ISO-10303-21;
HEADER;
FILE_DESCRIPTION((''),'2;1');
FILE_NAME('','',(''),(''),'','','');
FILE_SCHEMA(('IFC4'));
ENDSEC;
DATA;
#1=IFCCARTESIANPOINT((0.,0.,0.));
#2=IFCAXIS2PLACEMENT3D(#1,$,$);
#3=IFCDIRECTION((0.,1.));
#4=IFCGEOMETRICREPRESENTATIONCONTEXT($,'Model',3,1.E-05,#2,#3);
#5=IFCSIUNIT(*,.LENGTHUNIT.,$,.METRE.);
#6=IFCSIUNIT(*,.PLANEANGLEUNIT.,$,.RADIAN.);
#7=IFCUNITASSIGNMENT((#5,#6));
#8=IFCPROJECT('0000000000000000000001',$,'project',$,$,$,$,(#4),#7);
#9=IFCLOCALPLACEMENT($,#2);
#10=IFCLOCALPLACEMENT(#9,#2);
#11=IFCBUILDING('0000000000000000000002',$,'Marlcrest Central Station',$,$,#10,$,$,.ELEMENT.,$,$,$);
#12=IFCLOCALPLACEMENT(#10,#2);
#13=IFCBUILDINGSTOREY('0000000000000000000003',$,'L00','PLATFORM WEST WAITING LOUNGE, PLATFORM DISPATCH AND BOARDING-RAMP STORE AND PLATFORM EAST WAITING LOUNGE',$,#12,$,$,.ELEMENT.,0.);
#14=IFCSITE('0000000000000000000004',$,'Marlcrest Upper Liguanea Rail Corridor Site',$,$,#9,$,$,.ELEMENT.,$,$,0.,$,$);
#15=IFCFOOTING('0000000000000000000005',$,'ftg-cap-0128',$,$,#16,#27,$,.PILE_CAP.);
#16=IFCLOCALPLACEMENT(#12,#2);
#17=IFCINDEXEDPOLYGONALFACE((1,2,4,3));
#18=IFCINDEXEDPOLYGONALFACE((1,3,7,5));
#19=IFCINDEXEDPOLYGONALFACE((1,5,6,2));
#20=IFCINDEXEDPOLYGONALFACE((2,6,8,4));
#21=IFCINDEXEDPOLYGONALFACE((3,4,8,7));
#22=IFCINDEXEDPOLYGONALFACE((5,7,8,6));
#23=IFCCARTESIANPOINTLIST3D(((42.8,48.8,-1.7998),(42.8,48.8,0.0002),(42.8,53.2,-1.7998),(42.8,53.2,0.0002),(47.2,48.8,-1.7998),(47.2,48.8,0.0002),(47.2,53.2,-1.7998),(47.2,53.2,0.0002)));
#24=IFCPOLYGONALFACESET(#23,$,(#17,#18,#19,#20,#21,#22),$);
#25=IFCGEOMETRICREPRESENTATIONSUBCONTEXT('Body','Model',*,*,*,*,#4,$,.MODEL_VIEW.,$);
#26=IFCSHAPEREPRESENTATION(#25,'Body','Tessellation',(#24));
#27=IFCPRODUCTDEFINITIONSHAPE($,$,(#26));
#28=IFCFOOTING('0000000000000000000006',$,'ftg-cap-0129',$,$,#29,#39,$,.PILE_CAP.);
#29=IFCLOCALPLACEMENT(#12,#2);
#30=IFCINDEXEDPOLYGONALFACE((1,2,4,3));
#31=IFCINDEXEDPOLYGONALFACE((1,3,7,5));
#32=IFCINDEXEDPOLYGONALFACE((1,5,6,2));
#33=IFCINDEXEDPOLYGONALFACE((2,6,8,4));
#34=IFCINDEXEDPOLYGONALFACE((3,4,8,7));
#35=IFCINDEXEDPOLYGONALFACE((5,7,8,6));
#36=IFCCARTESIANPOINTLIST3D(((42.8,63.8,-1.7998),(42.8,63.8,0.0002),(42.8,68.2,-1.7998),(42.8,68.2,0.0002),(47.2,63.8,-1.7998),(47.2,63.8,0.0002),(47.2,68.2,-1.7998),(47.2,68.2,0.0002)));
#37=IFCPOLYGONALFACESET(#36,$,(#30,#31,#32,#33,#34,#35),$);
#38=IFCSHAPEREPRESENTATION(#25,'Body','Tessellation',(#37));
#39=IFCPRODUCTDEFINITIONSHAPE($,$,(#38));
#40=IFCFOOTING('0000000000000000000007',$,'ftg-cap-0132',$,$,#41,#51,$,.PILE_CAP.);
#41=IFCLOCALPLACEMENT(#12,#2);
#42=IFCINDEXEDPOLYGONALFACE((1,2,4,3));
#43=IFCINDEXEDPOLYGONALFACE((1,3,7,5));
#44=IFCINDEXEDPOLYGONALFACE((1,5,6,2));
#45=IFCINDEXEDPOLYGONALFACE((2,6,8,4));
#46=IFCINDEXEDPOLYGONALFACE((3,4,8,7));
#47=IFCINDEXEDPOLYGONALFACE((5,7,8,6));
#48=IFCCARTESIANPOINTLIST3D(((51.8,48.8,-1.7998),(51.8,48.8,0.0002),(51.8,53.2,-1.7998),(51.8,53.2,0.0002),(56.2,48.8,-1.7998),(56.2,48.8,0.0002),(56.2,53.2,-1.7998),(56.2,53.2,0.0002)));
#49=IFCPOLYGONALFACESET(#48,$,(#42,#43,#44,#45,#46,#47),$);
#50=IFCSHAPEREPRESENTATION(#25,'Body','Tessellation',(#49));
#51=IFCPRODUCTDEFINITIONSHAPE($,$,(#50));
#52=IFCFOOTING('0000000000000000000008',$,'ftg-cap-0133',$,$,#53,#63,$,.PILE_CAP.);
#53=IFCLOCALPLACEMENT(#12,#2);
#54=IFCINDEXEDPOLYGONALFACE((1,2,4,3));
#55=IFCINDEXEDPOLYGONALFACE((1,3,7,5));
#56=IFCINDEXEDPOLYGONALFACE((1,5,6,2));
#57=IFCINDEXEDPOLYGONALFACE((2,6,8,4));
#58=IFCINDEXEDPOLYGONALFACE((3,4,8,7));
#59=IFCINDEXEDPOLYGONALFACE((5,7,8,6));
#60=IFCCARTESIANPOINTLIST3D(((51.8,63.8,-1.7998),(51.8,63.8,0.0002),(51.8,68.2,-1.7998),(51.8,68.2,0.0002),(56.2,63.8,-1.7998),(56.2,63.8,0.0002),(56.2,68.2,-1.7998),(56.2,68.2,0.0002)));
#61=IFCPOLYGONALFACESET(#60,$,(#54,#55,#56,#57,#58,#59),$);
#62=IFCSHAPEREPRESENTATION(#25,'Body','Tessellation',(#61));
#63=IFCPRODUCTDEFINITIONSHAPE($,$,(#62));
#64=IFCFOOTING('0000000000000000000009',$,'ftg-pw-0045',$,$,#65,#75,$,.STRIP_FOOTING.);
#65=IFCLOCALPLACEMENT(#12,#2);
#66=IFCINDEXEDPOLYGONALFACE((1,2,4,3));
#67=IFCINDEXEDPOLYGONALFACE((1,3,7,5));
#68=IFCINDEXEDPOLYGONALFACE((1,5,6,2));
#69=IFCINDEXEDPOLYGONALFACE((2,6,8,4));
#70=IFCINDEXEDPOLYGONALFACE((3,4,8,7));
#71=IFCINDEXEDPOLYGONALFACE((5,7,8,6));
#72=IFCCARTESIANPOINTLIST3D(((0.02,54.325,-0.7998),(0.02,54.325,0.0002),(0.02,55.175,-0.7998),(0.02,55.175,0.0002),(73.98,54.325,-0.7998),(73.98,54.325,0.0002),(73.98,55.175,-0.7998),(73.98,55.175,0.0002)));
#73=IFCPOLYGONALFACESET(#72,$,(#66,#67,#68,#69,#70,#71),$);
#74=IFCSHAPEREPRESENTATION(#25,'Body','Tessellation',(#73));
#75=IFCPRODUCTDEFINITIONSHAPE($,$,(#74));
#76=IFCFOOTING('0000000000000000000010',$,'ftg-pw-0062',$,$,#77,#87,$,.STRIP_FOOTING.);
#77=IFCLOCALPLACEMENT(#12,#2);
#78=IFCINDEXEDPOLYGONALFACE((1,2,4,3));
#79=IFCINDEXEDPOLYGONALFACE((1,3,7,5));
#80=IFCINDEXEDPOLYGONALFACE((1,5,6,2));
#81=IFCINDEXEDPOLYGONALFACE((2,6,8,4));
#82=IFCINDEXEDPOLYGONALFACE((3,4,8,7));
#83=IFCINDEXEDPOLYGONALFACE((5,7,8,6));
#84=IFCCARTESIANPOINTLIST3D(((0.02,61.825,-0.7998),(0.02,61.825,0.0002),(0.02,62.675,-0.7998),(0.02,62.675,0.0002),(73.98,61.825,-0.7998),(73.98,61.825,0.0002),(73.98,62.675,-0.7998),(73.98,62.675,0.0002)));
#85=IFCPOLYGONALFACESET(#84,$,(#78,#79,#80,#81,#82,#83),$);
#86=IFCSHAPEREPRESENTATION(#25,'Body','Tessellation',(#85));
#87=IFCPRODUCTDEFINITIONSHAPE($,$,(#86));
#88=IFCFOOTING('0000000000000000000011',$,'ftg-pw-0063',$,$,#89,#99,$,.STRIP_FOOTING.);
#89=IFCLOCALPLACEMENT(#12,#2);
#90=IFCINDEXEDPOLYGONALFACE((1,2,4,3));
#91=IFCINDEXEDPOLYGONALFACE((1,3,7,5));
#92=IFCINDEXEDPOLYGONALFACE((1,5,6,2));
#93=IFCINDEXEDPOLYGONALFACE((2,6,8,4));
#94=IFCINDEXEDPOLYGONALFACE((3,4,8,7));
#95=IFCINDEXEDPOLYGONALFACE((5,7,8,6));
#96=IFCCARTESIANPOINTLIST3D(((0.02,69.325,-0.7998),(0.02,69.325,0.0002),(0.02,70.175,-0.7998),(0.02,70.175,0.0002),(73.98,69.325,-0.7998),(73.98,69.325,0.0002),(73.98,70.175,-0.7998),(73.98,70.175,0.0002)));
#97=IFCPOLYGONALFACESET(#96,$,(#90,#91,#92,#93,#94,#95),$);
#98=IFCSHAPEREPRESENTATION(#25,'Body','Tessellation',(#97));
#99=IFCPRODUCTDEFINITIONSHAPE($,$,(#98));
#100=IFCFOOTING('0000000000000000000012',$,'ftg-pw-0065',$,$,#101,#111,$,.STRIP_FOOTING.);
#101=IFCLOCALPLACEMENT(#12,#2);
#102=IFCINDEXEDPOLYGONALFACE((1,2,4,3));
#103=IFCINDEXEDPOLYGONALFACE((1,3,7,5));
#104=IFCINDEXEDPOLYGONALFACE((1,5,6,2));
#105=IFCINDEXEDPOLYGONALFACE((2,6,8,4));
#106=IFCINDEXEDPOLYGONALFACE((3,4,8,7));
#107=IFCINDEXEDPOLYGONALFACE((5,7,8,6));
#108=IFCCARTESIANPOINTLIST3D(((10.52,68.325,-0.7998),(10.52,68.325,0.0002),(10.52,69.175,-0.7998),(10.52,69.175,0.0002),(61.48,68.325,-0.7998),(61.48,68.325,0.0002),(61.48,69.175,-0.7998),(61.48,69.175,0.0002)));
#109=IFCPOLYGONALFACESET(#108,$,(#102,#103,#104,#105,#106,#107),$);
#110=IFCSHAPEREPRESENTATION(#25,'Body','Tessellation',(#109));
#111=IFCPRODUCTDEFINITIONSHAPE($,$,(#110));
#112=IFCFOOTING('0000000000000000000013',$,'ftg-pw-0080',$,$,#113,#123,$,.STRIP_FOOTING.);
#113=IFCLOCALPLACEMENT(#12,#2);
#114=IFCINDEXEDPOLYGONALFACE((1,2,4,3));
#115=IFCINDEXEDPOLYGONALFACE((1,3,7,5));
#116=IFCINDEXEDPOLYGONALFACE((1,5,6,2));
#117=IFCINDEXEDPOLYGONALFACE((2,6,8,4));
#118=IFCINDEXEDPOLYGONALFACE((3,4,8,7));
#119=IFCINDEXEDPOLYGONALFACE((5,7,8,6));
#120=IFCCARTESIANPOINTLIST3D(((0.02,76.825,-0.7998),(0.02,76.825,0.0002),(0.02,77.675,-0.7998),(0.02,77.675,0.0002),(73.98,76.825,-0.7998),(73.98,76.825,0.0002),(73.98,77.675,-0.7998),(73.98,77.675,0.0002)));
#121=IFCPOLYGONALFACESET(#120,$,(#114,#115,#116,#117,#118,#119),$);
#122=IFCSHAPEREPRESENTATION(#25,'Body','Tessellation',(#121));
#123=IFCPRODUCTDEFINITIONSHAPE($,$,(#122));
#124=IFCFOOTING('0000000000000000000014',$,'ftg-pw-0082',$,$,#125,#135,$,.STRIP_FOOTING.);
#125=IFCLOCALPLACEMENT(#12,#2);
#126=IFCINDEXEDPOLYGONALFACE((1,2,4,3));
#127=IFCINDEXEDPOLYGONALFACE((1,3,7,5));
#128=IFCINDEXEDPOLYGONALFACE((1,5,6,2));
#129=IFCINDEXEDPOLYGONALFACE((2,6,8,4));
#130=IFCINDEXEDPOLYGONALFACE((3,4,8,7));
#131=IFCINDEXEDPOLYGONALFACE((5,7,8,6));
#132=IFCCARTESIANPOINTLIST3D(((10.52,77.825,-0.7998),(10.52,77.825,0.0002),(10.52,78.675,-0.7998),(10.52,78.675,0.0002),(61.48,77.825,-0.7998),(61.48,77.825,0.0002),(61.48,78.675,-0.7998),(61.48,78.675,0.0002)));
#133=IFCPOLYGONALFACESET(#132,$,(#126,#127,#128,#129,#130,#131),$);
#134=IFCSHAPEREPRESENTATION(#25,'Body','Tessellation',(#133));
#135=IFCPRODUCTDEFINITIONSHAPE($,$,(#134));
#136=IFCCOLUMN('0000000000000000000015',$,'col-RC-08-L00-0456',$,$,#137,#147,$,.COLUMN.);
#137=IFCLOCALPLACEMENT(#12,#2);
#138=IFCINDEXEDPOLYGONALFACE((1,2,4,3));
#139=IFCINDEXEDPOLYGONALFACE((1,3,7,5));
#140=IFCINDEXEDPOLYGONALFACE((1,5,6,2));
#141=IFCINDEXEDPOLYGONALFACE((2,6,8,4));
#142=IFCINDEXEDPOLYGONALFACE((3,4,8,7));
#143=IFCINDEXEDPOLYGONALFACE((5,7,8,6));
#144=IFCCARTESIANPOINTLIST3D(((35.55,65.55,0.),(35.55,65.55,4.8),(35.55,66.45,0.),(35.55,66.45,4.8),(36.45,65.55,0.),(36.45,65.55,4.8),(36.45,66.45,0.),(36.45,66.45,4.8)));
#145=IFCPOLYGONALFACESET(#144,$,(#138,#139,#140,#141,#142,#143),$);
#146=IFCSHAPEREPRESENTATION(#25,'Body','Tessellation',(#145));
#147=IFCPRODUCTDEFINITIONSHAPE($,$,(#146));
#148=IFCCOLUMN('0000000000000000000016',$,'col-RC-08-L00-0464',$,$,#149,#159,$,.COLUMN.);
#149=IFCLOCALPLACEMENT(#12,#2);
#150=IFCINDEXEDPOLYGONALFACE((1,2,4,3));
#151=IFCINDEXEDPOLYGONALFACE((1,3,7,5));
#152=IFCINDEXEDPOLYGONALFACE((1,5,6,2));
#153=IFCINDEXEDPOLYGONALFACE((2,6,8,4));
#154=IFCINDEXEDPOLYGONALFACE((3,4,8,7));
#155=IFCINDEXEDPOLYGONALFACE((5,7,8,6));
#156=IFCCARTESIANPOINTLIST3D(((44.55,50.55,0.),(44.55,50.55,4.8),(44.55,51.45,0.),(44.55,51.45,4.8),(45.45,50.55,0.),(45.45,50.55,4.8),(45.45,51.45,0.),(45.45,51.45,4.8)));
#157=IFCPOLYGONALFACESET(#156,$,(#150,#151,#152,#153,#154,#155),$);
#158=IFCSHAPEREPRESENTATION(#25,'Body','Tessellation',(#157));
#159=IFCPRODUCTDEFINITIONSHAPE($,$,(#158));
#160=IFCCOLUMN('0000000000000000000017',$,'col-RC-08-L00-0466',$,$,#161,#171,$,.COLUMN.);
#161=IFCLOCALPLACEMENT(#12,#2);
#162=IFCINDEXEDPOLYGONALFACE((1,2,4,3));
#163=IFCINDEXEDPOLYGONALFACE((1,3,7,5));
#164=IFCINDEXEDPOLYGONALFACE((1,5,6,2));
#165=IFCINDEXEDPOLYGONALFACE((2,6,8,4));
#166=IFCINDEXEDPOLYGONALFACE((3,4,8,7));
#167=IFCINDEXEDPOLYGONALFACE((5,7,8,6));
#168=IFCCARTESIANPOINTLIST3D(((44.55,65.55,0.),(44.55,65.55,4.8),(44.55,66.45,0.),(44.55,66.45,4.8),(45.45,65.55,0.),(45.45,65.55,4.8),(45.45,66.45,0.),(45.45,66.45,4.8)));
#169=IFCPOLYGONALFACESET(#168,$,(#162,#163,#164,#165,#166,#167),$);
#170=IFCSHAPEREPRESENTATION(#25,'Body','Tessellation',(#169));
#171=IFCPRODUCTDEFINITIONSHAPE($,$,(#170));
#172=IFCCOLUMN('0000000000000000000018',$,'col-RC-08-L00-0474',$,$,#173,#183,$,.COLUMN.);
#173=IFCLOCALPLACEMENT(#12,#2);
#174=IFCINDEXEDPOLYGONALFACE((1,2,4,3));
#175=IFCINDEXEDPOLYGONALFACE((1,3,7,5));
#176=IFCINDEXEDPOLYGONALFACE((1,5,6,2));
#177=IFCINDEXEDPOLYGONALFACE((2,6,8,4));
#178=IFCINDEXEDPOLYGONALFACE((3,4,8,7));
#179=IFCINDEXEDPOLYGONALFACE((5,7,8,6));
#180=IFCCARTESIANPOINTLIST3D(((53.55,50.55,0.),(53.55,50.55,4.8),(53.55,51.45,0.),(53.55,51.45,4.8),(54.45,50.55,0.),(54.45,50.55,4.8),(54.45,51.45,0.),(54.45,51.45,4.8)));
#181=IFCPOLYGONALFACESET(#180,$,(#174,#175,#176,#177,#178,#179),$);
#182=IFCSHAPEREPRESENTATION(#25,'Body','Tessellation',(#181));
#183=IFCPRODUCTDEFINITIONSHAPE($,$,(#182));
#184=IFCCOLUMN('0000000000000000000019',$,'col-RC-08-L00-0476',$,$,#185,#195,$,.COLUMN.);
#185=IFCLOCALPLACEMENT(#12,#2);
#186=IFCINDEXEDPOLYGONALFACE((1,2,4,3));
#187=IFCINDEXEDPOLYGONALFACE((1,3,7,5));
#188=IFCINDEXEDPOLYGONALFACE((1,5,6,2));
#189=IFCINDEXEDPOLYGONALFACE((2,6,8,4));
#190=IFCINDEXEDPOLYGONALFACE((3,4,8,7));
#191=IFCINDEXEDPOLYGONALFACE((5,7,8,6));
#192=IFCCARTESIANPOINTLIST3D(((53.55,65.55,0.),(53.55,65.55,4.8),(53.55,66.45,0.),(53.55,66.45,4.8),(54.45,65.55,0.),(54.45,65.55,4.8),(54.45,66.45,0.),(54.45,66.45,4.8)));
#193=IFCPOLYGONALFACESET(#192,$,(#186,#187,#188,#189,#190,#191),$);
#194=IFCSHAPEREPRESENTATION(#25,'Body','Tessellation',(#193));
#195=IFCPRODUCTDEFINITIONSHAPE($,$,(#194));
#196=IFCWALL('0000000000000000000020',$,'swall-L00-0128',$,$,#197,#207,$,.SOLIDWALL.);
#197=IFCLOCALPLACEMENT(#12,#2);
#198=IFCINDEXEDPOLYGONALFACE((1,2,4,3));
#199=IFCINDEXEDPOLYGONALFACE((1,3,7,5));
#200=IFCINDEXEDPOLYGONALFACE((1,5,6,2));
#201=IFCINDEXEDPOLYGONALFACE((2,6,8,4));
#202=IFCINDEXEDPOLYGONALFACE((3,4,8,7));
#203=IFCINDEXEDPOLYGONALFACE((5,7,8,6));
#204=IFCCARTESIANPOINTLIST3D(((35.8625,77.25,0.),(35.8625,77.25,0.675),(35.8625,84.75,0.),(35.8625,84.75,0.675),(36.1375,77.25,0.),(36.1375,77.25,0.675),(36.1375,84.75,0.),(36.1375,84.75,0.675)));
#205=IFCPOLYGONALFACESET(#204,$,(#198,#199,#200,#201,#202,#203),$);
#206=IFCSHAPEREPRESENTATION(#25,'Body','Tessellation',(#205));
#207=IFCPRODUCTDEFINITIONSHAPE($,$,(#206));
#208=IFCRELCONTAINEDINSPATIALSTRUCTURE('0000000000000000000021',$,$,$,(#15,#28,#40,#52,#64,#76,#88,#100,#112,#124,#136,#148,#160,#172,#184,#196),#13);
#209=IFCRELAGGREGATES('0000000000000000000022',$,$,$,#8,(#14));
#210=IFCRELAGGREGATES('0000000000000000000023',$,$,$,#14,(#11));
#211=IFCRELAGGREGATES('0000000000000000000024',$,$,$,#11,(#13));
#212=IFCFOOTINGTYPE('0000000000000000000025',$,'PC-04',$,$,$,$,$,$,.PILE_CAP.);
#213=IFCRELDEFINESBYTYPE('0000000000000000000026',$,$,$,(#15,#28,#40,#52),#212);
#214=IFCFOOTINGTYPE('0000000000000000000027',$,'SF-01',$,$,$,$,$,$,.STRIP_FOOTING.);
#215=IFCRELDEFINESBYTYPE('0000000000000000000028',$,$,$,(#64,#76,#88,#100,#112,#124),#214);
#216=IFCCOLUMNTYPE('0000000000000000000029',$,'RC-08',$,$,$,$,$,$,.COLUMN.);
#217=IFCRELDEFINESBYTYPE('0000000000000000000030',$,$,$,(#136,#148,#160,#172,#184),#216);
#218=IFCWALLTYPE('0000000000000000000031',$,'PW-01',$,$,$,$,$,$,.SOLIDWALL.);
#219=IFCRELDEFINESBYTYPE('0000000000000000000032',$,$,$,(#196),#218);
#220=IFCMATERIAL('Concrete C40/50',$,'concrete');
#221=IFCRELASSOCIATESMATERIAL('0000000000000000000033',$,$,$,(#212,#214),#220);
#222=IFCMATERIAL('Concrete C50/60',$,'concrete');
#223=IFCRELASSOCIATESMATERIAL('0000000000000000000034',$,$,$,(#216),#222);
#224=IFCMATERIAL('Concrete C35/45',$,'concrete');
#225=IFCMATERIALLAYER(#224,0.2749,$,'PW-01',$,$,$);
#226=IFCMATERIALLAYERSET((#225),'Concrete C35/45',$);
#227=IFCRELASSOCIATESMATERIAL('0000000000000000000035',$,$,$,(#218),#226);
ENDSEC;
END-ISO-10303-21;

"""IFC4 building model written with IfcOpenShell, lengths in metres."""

from ifc_helpers import new_model, si_unit, direction, frame, frame_2d, origin, origin_2d, place, context, subcontext, project, spatial, rectangle, extrude, material, layer, layer_set, material_profile, profile_set, type_object, element, save


model = new_model("IFC4")

# Units and contexts
model_context = context("Model", 3, precision=1e-05, world=origin(), true_north=direction((0.0, 1.0)))
body_context = subcontext(model_context, "Body", "Model", "MODEL_VIEW")
ifc_project = project(units=[si_unit("LENGTHUNIT", "METRE"), si_unit("PLANEANGLEUNIT", "RADIAN")], contexts=[model_context])

# Site, building, storey
site_placement = place(None, origin())
site = spatial("IfcSite", under=ifc_project, at=site_placement, Name="Marlcrest Upper Liguanea Rail Corridor Site", CompositionType="ELEMENT", RefElevation=0.0)
building_placement = place(site_placement, origin())
building = spatial("IfcBuilding", under=site, at=building_placement, Name="Marlcrest Central Station", CompositionType="ELEMENT")
storey_placement = place(building_placement, origin())
storey = spatial("IfcBuildingStorey", under=building, at=storey_placement, Name="L00", Description="PLATFORM WEST WAITING LOUNGE, PLATFORM DISPATCH AND BOARDING-RAMP STORE AND PLATFORM EAST WAITING LOUNGE", CompositionType="ELEMENT", Elevation=0.0)

# Shared definitions
ifc_material_1 = material(Name="Concrete C35/45", Category="concrete")

# Footings
ifc_material_2 = material(Name="Concrete C40/50", Category="concrete")
footing_type_1 = type_object("IfcFootingType", Name="PC-04", PredefinedType="PILE_CAP", material=ifc_material_2)
for number, where, z_axis, x_axis, name in (
    (1, (45.0, 51.0, -1.7998), (0.0, 0.0, 1.0), (1.0, 0.0, 0.0), "ftg-cap-0128"),
    (2, (45.0, 66.0, -1.7998), (0.0, 0.0, 1.0), (1.0, 0.0, 0.0), "ftg-cap-0129"),
    (3, (54.0, 51.0, -1.7998), (0.0, 0.0, 1.0), (1.0, 0.0, 0.0), "ftg-cap-0132"),
    (4, (54.0, 66.0, -1.7998), (0.0, 0.0, 1.0), (1.0, 0.0, 0.0), "ftg-cap-0133"),
):
    element("IfcFooting", number, at=place(storey_placement, frame(where, z_axis=z_axis, x_axis=x_axis)), inside=storey, type_object=footing_type_1, Name=name, PredefinedType="PILE_CAP", context=body_context, shape_type="SweptSolid", body=[
        extrude(rectangle(XDim=4.3999, YDim=4.3999, at=origin_2d()), origin(), (0.0, 0.0, 1.0), 1.8),
    ])
footing_type_2 = type_object("IfcFootingType", Name="SF-01", PredefinedType="STRIP_FOOTING", material=ifc_material_2)
for number, where, z_axis, x_axis, name in (
    (5, (37.0, 54.75, -0.7998), (0.0, 0.0, 1.0), (1.0, 0.0, 0.0), "ftg-pw-0045"),
    (6, (37.0, 62.25, -0.7998), (0.0, 0.0, 1.0), (1.0, 0.0, 0.0), "ftg-pw-0062"),
    (7, (37.0, 69.75, -0.7998), (0.0, 0.0, 1.0), (1.0, 0.0, 0.0), "ftg-pw-0063"),
):
    element("IfcFooting", number, at=place(storey_placement, frame(where, z_axis=z_axis, x_axis=x_axis)), inside=storey, type_object=footing_type_2, Name=name, PredefinedType="STRIP_FOOTING", context=body_context, shape_type="SweptSolid", body=[
        extrude(rectangle(XDim=73.96, YDim=0.8501, at=origin_2d()), origin(), (0.0, 0.0, 1.0), 0.8),
    ])
footing_1_placement = place(storey_placement, frame((36.0, 68.75, -0.7998), z_axis=(0.0, 0.0, 1.0), x_axis=(1.0, 0.0, 0.0)))
element("IfcFooting", 8, at=footing_1_placement, inside=storey, type_object=footing_type_2, Name="ftg-pw-0065", PredefinedType="STRIP_FOOTING", context=body_context, shape_type="SweptSolid", body=[
    extrude(rectangle(XDim=50.96, YDim=0.8501, at=origin_2d()), origin(), (0.0, 0.0, 1.0), 0.8),
])
footing_2_placement = place(storey_placement, frame((37.0, 77.25, -0.7998), z_axis=(0.0, 0.0, 1.0), x_axis=(1.0, 0.0, 0.0)))
element("IfcFooting", 9, at=footing_2_placement, inside=storey, type_object=footing_type_2, Name="ftg-pw-0080", PredefinedType="STRIP_FOOTING", context=body_context, shape_type="SweptSolid", body=[
    extrude(rectangle(XDim=73.96, YDim=0.8501, at=origin_2d()), origin(), (0.0, 0.0, 1.0), 0.8),
])
footing_3_placement = place(storey_placement, frame((36.0, 78.25, -0.7998), z_axis=(0.0, 0.0, 1.0), x_axis=(1.0, 0.0, 0.0)))
element("IfcFooting", 10, at=footing_3_placement, inside=storey, type_object=footing_type_2, Name="ftg-pw-0082", PredefinedType="STRIP_FOOTING", context=body_context, shape_type="SweptSolid", body=[
    extrude(rectangle(XDim=50.96, YDim=0.8501, at=origin_2d()), origin(), (0.0, 0.0, 1.0), 0.8),
])

# Columns
ifc_material_3 = material(Name="Concrete C50/60", Category="concrete")
ifc_material_profile_1 = material_profile(ifc_material_3, rectangle(XDim=0.8999, YDim=0.8999, at=origin_2d()), Name="RC 900x900")
ifc_profile_set_1 = profile_set([ifc_material_profile_1], Name="Concrete C50/60")
column_type = type_object("IfcColumnType", Name="RC-08", PredefinedType="COLUMN", material=ifc_profile_set_1)
for number, where, z_axis, x_axis, name in (
    (11, (36.0, 66.0, 0.0), (0.0, 0.0, 1.0), (1.0, 0.0, 0.0), "col-RC-08-L00-0456"),
    (12, (45.0, 51.0, 0.0), (0.0, 0.0, 1.0), (1.0, 0.0, 0.0), "col-RC-08-L00-0464"),
    (13, (45.0, 66.0, 0.0), (0.0, 0.0, 1.0), (1.0, 0.0, 0.0), "col-RC-08-L00-0466"),
    (14, (54.0, 51.0, 0.0), (0.0, 0.0, 1.0), (1.0, 0.0, 0.0), "col-RC-08-L00-0474"),
    (15, (54.0, 66.0, 0.0), (0.0, 0.0, 1.0), (1.0, 0.0, 0.0), "col-RC-08-L00-0476"),
):
    element("IfcColumn", number, at=place(storey_placement, frame(where, z_axis=z_axis, x_axis=x_axis)), inside=storey, type_object=column_type, Name=name, PredefinedType="COLUMN", context=body_context, shape_type="SweptSolid", body=[
        extrude(rectangle(XDim=0.8999, YDim=0.8999, at=origin_2d()), origin(), (0.0, 0.0, 1.0), 4.8),
    ])

# Wall
ifc_layer_1 = layer(ifc_material_1, 0.2749, Name="PW-01")
ifc_layer_set_1 = layer_set([ifc_layer_1], Name="Concrete C35/45")
wall_type_1 = type_object("IfcWallType", Name="PW-01", PredefinedType="SOLIDWALL", material=ifc_layer_set_1)
wall_1_placement = place(storey_placement, frame((36.0, 77.25, 0.0), z_axis=(0.0, 0.0, 1.0), x_axis=(0.0, 1.0, 0.0)))
element("IfcWall", 16, at=wall_1_placement, inside=storey, type_object=wall_type_1, Name="swall-L00-0128", PredefinedType="SOLIDWALL", context=body_context, shape_type="SweptSolid", body=[
    extrude(rectangle(XDim=7.5, YDim=0.2749, at=frame_2d((3.75, 0.0))), origin(), (0.0, 0.0, 1.0), 0.675),
])

save(model, "model.ifc")
